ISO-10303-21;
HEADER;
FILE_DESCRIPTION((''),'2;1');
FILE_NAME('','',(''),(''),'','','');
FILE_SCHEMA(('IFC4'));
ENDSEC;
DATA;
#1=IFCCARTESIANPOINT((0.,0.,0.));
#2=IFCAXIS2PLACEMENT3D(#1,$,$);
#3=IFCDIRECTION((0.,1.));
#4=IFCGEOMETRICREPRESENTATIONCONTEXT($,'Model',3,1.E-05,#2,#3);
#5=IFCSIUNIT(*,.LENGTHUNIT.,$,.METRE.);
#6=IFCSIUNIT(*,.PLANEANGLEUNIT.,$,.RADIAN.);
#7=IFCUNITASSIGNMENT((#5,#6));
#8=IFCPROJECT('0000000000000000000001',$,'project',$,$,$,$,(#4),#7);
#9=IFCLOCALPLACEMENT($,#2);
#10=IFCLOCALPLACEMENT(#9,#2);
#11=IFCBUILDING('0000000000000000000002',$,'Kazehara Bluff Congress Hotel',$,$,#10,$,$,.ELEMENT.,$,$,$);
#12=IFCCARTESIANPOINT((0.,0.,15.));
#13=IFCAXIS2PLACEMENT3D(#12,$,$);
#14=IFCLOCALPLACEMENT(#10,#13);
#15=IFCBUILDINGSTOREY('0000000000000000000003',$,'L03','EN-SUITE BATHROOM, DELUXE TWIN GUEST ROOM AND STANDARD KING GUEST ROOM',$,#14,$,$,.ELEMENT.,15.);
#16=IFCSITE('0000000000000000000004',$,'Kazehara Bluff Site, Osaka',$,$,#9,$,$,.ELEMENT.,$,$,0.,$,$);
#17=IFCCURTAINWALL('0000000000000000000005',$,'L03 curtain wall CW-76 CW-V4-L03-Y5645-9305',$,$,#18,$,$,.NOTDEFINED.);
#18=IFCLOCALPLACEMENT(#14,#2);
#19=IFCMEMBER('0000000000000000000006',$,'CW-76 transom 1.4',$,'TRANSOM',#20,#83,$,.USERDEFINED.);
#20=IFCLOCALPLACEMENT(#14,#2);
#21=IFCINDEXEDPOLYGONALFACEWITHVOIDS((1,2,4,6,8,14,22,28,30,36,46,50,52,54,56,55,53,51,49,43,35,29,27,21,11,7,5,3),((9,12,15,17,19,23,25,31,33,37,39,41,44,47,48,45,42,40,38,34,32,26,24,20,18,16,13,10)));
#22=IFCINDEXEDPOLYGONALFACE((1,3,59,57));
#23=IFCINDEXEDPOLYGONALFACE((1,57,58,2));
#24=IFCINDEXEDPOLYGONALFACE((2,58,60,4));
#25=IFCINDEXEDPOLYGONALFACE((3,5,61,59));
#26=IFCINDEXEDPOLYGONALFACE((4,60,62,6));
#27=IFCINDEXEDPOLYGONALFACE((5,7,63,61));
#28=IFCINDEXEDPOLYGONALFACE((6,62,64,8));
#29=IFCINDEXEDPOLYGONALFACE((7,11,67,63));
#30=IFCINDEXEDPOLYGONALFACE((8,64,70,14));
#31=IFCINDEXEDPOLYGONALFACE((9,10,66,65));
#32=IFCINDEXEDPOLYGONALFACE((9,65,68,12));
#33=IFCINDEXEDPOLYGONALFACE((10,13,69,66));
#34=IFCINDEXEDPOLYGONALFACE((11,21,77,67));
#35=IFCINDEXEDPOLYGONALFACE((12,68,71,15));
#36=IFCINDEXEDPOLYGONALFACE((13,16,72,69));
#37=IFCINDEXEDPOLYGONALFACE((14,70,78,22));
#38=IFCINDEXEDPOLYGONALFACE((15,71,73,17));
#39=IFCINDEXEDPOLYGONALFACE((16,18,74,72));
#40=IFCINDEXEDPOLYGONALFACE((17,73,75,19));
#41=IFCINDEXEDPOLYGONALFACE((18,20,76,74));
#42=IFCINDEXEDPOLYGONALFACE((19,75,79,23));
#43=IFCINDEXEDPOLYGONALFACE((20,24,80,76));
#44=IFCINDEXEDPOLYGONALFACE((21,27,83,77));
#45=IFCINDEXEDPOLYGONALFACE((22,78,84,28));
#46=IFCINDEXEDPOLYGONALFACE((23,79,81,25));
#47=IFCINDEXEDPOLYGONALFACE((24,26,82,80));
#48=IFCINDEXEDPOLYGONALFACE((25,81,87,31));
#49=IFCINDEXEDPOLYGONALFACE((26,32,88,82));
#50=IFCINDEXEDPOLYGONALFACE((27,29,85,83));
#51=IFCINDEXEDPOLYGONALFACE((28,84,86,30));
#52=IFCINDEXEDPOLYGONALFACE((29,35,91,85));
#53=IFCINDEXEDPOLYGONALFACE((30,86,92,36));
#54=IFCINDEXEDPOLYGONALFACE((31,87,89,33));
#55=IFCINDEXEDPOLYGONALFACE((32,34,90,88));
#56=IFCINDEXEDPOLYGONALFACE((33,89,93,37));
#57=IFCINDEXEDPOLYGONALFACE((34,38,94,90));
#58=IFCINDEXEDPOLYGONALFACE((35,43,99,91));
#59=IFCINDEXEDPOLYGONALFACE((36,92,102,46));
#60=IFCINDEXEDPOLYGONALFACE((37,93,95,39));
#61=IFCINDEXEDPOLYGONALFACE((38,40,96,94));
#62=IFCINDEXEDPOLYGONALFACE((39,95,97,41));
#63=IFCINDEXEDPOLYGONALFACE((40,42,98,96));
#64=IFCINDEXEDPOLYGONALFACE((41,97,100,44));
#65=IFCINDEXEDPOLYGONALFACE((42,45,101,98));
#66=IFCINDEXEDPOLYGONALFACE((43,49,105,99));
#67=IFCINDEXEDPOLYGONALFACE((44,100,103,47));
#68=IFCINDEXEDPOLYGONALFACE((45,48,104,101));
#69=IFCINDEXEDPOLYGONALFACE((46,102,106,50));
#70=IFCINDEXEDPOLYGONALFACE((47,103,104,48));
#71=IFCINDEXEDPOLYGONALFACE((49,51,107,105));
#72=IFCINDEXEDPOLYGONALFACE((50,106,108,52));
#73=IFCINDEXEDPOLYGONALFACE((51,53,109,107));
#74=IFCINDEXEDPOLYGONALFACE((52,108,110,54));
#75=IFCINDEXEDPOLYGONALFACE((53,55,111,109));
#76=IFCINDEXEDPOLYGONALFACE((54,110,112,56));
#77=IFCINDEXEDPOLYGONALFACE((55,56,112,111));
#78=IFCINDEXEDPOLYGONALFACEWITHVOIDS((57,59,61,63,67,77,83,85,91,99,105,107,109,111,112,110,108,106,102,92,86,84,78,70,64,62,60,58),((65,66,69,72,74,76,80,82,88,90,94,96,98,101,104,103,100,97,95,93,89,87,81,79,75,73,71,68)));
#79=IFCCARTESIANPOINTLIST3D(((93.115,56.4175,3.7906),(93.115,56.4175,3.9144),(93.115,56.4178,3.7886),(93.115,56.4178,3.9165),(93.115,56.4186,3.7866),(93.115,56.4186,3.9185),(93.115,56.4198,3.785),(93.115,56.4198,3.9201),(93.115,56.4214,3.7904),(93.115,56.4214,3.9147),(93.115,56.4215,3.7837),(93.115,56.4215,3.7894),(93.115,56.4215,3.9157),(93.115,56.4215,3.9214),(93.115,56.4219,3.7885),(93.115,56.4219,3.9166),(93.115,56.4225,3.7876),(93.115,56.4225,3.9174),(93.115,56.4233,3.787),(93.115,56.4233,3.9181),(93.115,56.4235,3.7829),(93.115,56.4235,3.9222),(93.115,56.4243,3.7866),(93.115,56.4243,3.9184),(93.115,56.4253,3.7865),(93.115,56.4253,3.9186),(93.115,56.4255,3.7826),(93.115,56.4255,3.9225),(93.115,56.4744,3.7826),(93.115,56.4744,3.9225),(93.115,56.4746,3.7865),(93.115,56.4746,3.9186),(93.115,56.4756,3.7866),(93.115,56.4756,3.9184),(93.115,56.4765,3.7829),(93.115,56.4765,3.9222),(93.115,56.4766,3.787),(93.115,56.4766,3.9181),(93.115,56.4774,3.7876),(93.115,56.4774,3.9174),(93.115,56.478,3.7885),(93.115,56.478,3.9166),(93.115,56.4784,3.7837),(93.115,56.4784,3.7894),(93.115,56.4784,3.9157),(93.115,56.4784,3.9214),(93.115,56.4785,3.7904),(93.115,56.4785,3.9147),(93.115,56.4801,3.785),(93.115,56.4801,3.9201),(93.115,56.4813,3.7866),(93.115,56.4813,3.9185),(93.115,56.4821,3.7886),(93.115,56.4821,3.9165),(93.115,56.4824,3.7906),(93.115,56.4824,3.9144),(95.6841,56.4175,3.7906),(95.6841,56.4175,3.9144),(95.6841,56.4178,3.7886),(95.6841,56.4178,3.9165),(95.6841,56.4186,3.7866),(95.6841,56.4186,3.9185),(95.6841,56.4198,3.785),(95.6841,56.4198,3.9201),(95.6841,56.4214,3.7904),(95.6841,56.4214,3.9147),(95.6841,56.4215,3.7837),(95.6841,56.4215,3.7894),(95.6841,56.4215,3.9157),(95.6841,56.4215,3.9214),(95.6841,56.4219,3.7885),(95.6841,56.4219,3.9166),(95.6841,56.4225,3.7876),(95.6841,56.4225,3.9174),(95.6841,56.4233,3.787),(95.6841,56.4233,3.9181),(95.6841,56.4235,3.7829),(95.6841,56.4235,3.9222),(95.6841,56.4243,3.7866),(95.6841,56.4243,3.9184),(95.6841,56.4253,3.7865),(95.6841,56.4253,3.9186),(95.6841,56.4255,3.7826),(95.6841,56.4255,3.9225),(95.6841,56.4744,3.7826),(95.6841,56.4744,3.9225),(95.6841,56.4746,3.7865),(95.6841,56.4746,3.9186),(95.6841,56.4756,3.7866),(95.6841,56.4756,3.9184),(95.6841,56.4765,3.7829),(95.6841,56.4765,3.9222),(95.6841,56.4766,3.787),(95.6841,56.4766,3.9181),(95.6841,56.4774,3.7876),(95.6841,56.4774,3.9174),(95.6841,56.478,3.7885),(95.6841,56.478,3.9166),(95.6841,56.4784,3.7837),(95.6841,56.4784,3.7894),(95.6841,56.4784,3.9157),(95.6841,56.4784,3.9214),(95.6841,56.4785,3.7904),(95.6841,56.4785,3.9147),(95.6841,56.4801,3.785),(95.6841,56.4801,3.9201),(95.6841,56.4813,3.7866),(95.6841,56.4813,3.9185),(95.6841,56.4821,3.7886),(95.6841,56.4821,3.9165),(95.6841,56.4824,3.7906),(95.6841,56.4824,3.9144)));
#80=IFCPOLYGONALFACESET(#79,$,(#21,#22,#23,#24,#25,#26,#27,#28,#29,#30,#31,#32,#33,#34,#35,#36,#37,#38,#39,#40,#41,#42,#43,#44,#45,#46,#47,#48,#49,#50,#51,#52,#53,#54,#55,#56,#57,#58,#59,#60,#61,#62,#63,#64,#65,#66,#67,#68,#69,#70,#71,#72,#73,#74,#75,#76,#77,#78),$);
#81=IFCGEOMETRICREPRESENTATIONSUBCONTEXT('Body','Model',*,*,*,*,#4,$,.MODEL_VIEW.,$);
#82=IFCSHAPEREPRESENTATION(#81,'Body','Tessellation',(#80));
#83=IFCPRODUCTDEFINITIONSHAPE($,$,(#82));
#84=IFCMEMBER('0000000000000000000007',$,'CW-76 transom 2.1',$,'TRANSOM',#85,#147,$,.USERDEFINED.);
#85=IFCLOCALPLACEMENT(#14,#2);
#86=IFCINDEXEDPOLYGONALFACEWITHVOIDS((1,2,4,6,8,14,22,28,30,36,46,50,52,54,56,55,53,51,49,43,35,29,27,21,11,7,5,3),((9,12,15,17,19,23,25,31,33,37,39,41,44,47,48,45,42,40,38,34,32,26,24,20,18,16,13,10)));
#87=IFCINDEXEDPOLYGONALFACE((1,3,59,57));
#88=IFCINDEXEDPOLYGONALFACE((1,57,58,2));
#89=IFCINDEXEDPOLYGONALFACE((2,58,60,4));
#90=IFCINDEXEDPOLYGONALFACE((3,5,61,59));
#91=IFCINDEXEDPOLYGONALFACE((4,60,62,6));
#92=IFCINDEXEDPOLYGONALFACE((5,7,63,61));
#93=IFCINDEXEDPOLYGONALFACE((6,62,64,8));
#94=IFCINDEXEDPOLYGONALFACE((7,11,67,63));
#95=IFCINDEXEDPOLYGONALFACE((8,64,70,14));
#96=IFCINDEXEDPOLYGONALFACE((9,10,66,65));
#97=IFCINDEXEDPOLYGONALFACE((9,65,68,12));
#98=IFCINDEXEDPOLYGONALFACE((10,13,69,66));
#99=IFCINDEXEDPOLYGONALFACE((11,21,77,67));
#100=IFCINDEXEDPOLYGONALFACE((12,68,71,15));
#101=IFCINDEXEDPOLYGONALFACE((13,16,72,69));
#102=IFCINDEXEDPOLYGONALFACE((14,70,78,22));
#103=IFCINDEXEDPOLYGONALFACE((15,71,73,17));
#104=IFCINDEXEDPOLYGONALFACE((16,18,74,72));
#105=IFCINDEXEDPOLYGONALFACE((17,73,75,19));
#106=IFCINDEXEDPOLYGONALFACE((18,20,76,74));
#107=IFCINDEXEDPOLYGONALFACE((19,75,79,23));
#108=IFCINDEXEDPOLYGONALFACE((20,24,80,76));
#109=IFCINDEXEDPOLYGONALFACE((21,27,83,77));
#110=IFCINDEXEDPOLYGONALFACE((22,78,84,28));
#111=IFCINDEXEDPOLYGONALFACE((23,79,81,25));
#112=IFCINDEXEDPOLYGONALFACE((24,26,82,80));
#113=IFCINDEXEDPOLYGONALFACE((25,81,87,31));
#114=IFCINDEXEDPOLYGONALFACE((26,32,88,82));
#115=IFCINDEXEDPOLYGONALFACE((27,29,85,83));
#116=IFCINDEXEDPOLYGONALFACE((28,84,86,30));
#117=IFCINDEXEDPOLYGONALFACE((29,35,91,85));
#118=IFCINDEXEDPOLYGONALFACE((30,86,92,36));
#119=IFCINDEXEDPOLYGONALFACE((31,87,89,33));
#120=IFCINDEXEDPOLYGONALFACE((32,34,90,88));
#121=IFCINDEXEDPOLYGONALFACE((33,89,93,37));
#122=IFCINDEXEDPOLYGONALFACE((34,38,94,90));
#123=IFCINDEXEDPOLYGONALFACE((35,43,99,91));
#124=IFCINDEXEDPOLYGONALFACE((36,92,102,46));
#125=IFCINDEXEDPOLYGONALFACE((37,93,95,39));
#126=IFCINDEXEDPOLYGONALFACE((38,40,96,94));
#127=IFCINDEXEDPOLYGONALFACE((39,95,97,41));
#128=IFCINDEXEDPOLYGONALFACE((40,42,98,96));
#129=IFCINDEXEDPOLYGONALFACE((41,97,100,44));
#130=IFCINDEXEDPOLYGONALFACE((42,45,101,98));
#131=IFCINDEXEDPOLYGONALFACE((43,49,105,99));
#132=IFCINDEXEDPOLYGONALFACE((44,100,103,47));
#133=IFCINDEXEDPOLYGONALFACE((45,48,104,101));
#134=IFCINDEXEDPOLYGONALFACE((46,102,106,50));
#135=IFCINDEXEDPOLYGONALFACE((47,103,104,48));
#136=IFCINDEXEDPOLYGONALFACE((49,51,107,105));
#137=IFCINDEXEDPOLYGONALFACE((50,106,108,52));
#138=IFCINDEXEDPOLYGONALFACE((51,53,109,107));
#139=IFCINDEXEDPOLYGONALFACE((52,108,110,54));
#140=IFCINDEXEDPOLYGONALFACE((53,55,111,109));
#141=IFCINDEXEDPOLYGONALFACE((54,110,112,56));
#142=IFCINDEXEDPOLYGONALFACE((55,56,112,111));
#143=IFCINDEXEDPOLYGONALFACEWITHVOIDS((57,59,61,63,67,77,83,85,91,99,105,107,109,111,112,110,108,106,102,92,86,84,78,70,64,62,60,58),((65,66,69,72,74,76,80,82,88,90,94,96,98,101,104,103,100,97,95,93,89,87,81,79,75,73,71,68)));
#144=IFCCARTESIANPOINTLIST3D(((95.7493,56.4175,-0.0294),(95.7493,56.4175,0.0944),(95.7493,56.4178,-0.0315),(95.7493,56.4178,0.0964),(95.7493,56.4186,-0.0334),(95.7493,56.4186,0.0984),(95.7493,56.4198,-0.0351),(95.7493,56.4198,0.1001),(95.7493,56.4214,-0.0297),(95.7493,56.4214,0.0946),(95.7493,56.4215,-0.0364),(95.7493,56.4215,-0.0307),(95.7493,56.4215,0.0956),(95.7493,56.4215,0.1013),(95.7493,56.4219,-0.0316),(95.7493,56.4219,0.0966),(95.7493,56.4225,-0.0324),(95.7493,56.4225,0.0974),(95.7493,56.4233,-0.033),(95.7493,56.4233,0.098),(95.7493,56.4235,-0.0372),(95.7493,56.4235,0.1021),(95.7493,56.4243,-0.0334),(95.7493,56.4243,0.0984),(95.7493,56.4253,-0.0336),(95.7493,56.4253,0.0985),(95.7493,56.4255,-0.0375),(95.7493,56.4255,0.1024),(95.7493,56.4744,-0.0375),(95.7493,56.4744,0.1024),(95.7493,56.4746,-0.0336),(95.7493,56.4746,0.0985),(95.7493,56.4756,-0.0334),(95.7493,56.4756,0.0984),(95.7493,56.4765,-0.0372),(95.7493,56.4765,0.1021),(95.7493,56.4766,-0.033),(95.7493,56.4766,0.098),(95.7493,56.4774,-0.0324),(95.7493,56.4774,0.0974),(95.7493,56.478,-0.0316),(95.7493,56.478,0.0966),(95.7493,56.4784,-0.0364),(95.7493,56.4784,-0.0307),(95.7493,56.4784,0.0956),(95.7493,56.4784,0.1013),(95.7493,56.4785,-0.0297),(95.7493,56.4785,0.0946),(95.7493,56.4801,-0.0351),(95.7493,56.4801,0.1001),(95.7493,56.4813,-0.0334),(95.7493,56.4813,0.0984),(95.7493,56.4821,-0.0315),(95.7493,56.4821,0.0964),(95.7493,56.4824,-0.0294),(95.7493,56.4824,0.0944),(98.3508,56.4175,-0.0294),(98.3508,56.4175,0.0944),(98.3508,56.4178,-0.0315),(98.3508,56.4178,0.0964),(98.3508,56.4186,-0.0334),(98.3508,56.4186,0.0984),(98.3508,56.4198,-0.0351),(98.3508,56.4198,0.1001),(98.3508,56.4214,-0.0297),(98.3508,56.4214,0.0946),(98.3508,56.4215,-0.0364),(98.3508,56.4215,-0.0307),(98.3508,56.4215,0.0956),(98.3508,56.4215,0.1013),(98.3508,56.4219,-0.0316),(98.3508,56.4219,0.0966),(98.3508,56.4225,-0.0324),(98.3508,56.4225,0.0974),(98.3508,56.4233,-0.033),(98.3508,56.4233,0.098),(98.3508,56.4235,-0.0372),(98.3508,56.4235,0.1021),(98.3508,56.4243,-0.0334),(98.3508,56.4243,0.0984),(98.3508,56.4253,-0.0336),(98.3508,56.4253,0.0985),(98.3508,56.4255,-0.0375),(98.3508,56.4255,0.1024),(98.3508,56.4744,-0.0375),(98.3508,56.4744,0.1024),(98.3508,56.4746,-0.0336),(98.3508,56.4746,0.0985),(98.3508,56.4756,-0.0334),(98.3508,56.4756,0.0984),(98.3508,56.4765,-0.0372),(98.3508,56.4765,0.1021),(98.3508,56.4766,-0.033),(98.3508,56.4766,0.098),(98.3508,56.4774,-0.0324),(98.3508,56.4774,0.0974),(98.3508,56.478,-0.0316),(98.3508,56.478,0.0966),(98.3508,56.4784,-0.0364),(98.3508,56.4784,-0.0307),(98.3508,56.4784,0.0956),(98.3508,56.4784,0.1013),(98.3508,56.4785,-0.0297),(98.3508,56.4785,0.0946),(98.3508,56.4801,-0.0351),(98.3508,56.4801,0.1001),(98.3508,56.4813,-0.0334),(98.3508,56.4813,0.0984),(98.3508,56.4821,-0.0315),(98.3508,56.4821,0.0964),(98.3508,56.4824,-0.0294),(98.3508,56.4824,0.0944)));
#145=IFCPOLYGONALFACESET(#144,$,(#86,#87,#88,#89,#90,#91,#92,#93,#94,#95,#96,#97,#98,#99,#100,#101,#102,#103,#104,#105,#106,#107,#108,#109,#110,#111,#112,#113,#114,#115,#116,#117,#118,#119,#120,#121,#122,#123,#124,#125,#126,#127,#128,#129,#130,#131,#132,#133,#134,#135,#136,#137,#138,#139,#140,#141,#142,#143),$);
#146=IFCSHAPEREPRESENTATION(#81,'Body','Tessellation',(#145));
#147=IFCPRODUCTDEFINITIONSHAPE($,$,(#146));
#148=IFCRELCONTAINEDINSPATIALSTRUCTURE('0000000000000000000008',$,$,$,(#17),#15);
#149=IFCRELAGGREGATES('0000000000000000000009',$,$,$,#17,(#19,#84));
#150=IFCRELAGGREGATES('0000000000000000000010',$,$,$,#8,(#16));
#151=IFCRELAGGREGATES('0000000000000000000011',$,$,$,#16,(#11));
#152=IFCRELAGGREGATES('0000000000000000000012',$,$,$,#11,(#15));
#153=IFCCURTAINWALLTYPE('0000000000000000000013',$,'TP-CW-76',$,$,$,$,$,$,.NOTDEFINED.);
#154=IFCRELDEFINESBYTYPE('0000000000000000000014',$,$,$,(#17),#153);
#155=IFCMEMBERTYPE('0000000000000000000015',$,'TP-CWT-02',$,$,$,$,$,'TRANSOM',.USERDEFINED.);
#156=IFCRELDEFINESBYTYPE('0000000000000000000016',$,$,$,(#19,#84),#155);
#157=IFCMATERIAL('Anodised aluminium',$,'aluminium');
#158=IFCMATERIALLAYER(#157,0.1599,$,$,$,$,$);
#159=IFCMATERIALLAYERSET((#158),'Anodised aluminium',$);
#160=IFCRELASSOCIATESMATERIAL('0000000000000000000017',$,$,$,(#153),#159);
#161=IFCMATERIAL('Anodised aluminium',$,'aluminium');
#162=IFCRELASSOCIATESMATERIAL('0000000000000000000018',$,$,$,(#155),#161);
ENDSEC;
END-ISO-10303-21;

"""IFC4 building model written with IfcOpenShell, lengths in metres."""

from ifc_helpers import new_model, si_unit, direction, frame, origin, origin_2d, place, context, subcontext, project, spatial, hollow_rectangle, extrude, material, layer, layer_set, material_profile, profile_set, type_object, element, aggregate, save


model = new_model("IFC4")

# Units and contexts
model_context = context("Model", 3, precision=1e-05, world=origin(), true_north=direction((0.0, 1.0)))
body_context = subcontext(model_context, "Body", "Model", "MODEL_VIEW")
ifc_project = project(units=[si_unit("LENGTHUNIT", "METRE"), si_unit("PLANEANGLEUNIT", "RADIAN")], contexts=[model_context])

# Site, building, storey
site_placement = place(None, origin())
site = spatial("IfcSite", under=ifc_project, at=site_placement, Name="Kazehara Bluff Site, Osaka", CompositionType="ELEMENT", RefElevation=0.0)
building_placement = place(site_placement, origin())
building = spatial("IfcBuilding", under=site, at=building_placement, Name="Kazehara Bluff Congress Hotel", CompositionType="ELEMENT")
storey_placement = place(building_placement, frame((0.0, 0.0, 15.0)))
storey = spatial("IfcBuildingStorey", under=building, at=storey_placement, Name="L03", Description="EN-SUITE BATHROOM, DELUXE TWIN GUEST ROOM AND STANDARD KING GUEST ROOM", CompositionType="ELEMENT", Elevation=15.0)

# Curtain wall, members
ifc_material_1 = material(Name="Anodised aluminium", Category="aluminium")
ifc_layer_1 = layer(ifc_material_1, 0.1599)
ifc_layer_set_1 = layer_set([ifc_layer_1], Name="Anodised aluminium")
curtain_wall_type = type_object("IfcCurtainWallType", Name="TP-CW-76", PredefinedType="NOTDEFINED", material=ifc_layer_set_1)
curtain_wall_placement = place(storey_placement, origin())
curtain_wall = element("IfcCurtainWall", 1, at=curtain_wall_placement, inside=storey, type_object=curtain_wall_type, Name="L03 curtain wall CW-76 CW-V4-L03-Y5645-9305", PredefinedType="NOTDEFINED")
ifc_material_2 = material(Name="Anodised aluminium", Category="aluminium")
ifc_material_profile_1 = material_profile(ifc_material_2, hollow_rectangle(XDim=0.0649, YDim=0.1399, WallThickness=0.0039, InnerFilletRadius=0.0039, OuterFilletRadius=0.0081, at=origin_2d()))
ifc_profile_set_1 = profile_set([ifc_material_profile_1], Name="Anodised aluminium")
member_type_1 = type_object("IfcMemberType", Name="TP-CWT-02", ElementType="TRANSOM", PredefinedType="USERDEFINED", material=ifc_profile_set_1)
member_1_placement = place(storey_placement, frame((93.115, 56.45, 3.8525), z_axis=(1.0, 0.0, 0.0), x_axis=(0.0, 1.0, 0.0)))
member_1 = element("IfcMember", 2, at=member_1_placement, type_object=member_type_1, Name="CW-76 transom 1.4", ObjectType="TRANSOM", PredefinedType="USERDEFINED", context=body_context, shape_type="SweptSolid", body=[
    extrude(hollow_rectangle(XDim=0.0649, YDim=0.1399, WallThickness=0.0039, InnerFilletRadius=0.0039, OuterFilletRadius=0.0081, at=origin_2d()), origin(), (0.0, 0.0, 1.0), 2.5691),
])
member_2_placement = place(storey_placement, frame((95.7493, 56.45, 0.0325), z_axis=(1.0, 0.0, 0.0), x_axis=(0.0, 1.0, 0.0)))
member_2 = element("IfcMember", 3, at=member_2_placement, type_object=member_type_1, Name="CW-76 transom 2.1", ObjectType="TRANSOM", PredefinedType="USERDEFINED", context=body_context, shape_type="SweptSolid", body=[
    extrude(hollow_rectangle(XDim=0.0649, YDim=0.1399, WallThickness=0.0039, InnerFilletRadius=0.0039, OuterFilletRadius=0.0081, at=origin_2d()), origin(), (0.0, 0.0, 1.0), 2.6016),
])

aggregate(curtain_wall, [member_1, member_2])

save(model, "model.ifc")
